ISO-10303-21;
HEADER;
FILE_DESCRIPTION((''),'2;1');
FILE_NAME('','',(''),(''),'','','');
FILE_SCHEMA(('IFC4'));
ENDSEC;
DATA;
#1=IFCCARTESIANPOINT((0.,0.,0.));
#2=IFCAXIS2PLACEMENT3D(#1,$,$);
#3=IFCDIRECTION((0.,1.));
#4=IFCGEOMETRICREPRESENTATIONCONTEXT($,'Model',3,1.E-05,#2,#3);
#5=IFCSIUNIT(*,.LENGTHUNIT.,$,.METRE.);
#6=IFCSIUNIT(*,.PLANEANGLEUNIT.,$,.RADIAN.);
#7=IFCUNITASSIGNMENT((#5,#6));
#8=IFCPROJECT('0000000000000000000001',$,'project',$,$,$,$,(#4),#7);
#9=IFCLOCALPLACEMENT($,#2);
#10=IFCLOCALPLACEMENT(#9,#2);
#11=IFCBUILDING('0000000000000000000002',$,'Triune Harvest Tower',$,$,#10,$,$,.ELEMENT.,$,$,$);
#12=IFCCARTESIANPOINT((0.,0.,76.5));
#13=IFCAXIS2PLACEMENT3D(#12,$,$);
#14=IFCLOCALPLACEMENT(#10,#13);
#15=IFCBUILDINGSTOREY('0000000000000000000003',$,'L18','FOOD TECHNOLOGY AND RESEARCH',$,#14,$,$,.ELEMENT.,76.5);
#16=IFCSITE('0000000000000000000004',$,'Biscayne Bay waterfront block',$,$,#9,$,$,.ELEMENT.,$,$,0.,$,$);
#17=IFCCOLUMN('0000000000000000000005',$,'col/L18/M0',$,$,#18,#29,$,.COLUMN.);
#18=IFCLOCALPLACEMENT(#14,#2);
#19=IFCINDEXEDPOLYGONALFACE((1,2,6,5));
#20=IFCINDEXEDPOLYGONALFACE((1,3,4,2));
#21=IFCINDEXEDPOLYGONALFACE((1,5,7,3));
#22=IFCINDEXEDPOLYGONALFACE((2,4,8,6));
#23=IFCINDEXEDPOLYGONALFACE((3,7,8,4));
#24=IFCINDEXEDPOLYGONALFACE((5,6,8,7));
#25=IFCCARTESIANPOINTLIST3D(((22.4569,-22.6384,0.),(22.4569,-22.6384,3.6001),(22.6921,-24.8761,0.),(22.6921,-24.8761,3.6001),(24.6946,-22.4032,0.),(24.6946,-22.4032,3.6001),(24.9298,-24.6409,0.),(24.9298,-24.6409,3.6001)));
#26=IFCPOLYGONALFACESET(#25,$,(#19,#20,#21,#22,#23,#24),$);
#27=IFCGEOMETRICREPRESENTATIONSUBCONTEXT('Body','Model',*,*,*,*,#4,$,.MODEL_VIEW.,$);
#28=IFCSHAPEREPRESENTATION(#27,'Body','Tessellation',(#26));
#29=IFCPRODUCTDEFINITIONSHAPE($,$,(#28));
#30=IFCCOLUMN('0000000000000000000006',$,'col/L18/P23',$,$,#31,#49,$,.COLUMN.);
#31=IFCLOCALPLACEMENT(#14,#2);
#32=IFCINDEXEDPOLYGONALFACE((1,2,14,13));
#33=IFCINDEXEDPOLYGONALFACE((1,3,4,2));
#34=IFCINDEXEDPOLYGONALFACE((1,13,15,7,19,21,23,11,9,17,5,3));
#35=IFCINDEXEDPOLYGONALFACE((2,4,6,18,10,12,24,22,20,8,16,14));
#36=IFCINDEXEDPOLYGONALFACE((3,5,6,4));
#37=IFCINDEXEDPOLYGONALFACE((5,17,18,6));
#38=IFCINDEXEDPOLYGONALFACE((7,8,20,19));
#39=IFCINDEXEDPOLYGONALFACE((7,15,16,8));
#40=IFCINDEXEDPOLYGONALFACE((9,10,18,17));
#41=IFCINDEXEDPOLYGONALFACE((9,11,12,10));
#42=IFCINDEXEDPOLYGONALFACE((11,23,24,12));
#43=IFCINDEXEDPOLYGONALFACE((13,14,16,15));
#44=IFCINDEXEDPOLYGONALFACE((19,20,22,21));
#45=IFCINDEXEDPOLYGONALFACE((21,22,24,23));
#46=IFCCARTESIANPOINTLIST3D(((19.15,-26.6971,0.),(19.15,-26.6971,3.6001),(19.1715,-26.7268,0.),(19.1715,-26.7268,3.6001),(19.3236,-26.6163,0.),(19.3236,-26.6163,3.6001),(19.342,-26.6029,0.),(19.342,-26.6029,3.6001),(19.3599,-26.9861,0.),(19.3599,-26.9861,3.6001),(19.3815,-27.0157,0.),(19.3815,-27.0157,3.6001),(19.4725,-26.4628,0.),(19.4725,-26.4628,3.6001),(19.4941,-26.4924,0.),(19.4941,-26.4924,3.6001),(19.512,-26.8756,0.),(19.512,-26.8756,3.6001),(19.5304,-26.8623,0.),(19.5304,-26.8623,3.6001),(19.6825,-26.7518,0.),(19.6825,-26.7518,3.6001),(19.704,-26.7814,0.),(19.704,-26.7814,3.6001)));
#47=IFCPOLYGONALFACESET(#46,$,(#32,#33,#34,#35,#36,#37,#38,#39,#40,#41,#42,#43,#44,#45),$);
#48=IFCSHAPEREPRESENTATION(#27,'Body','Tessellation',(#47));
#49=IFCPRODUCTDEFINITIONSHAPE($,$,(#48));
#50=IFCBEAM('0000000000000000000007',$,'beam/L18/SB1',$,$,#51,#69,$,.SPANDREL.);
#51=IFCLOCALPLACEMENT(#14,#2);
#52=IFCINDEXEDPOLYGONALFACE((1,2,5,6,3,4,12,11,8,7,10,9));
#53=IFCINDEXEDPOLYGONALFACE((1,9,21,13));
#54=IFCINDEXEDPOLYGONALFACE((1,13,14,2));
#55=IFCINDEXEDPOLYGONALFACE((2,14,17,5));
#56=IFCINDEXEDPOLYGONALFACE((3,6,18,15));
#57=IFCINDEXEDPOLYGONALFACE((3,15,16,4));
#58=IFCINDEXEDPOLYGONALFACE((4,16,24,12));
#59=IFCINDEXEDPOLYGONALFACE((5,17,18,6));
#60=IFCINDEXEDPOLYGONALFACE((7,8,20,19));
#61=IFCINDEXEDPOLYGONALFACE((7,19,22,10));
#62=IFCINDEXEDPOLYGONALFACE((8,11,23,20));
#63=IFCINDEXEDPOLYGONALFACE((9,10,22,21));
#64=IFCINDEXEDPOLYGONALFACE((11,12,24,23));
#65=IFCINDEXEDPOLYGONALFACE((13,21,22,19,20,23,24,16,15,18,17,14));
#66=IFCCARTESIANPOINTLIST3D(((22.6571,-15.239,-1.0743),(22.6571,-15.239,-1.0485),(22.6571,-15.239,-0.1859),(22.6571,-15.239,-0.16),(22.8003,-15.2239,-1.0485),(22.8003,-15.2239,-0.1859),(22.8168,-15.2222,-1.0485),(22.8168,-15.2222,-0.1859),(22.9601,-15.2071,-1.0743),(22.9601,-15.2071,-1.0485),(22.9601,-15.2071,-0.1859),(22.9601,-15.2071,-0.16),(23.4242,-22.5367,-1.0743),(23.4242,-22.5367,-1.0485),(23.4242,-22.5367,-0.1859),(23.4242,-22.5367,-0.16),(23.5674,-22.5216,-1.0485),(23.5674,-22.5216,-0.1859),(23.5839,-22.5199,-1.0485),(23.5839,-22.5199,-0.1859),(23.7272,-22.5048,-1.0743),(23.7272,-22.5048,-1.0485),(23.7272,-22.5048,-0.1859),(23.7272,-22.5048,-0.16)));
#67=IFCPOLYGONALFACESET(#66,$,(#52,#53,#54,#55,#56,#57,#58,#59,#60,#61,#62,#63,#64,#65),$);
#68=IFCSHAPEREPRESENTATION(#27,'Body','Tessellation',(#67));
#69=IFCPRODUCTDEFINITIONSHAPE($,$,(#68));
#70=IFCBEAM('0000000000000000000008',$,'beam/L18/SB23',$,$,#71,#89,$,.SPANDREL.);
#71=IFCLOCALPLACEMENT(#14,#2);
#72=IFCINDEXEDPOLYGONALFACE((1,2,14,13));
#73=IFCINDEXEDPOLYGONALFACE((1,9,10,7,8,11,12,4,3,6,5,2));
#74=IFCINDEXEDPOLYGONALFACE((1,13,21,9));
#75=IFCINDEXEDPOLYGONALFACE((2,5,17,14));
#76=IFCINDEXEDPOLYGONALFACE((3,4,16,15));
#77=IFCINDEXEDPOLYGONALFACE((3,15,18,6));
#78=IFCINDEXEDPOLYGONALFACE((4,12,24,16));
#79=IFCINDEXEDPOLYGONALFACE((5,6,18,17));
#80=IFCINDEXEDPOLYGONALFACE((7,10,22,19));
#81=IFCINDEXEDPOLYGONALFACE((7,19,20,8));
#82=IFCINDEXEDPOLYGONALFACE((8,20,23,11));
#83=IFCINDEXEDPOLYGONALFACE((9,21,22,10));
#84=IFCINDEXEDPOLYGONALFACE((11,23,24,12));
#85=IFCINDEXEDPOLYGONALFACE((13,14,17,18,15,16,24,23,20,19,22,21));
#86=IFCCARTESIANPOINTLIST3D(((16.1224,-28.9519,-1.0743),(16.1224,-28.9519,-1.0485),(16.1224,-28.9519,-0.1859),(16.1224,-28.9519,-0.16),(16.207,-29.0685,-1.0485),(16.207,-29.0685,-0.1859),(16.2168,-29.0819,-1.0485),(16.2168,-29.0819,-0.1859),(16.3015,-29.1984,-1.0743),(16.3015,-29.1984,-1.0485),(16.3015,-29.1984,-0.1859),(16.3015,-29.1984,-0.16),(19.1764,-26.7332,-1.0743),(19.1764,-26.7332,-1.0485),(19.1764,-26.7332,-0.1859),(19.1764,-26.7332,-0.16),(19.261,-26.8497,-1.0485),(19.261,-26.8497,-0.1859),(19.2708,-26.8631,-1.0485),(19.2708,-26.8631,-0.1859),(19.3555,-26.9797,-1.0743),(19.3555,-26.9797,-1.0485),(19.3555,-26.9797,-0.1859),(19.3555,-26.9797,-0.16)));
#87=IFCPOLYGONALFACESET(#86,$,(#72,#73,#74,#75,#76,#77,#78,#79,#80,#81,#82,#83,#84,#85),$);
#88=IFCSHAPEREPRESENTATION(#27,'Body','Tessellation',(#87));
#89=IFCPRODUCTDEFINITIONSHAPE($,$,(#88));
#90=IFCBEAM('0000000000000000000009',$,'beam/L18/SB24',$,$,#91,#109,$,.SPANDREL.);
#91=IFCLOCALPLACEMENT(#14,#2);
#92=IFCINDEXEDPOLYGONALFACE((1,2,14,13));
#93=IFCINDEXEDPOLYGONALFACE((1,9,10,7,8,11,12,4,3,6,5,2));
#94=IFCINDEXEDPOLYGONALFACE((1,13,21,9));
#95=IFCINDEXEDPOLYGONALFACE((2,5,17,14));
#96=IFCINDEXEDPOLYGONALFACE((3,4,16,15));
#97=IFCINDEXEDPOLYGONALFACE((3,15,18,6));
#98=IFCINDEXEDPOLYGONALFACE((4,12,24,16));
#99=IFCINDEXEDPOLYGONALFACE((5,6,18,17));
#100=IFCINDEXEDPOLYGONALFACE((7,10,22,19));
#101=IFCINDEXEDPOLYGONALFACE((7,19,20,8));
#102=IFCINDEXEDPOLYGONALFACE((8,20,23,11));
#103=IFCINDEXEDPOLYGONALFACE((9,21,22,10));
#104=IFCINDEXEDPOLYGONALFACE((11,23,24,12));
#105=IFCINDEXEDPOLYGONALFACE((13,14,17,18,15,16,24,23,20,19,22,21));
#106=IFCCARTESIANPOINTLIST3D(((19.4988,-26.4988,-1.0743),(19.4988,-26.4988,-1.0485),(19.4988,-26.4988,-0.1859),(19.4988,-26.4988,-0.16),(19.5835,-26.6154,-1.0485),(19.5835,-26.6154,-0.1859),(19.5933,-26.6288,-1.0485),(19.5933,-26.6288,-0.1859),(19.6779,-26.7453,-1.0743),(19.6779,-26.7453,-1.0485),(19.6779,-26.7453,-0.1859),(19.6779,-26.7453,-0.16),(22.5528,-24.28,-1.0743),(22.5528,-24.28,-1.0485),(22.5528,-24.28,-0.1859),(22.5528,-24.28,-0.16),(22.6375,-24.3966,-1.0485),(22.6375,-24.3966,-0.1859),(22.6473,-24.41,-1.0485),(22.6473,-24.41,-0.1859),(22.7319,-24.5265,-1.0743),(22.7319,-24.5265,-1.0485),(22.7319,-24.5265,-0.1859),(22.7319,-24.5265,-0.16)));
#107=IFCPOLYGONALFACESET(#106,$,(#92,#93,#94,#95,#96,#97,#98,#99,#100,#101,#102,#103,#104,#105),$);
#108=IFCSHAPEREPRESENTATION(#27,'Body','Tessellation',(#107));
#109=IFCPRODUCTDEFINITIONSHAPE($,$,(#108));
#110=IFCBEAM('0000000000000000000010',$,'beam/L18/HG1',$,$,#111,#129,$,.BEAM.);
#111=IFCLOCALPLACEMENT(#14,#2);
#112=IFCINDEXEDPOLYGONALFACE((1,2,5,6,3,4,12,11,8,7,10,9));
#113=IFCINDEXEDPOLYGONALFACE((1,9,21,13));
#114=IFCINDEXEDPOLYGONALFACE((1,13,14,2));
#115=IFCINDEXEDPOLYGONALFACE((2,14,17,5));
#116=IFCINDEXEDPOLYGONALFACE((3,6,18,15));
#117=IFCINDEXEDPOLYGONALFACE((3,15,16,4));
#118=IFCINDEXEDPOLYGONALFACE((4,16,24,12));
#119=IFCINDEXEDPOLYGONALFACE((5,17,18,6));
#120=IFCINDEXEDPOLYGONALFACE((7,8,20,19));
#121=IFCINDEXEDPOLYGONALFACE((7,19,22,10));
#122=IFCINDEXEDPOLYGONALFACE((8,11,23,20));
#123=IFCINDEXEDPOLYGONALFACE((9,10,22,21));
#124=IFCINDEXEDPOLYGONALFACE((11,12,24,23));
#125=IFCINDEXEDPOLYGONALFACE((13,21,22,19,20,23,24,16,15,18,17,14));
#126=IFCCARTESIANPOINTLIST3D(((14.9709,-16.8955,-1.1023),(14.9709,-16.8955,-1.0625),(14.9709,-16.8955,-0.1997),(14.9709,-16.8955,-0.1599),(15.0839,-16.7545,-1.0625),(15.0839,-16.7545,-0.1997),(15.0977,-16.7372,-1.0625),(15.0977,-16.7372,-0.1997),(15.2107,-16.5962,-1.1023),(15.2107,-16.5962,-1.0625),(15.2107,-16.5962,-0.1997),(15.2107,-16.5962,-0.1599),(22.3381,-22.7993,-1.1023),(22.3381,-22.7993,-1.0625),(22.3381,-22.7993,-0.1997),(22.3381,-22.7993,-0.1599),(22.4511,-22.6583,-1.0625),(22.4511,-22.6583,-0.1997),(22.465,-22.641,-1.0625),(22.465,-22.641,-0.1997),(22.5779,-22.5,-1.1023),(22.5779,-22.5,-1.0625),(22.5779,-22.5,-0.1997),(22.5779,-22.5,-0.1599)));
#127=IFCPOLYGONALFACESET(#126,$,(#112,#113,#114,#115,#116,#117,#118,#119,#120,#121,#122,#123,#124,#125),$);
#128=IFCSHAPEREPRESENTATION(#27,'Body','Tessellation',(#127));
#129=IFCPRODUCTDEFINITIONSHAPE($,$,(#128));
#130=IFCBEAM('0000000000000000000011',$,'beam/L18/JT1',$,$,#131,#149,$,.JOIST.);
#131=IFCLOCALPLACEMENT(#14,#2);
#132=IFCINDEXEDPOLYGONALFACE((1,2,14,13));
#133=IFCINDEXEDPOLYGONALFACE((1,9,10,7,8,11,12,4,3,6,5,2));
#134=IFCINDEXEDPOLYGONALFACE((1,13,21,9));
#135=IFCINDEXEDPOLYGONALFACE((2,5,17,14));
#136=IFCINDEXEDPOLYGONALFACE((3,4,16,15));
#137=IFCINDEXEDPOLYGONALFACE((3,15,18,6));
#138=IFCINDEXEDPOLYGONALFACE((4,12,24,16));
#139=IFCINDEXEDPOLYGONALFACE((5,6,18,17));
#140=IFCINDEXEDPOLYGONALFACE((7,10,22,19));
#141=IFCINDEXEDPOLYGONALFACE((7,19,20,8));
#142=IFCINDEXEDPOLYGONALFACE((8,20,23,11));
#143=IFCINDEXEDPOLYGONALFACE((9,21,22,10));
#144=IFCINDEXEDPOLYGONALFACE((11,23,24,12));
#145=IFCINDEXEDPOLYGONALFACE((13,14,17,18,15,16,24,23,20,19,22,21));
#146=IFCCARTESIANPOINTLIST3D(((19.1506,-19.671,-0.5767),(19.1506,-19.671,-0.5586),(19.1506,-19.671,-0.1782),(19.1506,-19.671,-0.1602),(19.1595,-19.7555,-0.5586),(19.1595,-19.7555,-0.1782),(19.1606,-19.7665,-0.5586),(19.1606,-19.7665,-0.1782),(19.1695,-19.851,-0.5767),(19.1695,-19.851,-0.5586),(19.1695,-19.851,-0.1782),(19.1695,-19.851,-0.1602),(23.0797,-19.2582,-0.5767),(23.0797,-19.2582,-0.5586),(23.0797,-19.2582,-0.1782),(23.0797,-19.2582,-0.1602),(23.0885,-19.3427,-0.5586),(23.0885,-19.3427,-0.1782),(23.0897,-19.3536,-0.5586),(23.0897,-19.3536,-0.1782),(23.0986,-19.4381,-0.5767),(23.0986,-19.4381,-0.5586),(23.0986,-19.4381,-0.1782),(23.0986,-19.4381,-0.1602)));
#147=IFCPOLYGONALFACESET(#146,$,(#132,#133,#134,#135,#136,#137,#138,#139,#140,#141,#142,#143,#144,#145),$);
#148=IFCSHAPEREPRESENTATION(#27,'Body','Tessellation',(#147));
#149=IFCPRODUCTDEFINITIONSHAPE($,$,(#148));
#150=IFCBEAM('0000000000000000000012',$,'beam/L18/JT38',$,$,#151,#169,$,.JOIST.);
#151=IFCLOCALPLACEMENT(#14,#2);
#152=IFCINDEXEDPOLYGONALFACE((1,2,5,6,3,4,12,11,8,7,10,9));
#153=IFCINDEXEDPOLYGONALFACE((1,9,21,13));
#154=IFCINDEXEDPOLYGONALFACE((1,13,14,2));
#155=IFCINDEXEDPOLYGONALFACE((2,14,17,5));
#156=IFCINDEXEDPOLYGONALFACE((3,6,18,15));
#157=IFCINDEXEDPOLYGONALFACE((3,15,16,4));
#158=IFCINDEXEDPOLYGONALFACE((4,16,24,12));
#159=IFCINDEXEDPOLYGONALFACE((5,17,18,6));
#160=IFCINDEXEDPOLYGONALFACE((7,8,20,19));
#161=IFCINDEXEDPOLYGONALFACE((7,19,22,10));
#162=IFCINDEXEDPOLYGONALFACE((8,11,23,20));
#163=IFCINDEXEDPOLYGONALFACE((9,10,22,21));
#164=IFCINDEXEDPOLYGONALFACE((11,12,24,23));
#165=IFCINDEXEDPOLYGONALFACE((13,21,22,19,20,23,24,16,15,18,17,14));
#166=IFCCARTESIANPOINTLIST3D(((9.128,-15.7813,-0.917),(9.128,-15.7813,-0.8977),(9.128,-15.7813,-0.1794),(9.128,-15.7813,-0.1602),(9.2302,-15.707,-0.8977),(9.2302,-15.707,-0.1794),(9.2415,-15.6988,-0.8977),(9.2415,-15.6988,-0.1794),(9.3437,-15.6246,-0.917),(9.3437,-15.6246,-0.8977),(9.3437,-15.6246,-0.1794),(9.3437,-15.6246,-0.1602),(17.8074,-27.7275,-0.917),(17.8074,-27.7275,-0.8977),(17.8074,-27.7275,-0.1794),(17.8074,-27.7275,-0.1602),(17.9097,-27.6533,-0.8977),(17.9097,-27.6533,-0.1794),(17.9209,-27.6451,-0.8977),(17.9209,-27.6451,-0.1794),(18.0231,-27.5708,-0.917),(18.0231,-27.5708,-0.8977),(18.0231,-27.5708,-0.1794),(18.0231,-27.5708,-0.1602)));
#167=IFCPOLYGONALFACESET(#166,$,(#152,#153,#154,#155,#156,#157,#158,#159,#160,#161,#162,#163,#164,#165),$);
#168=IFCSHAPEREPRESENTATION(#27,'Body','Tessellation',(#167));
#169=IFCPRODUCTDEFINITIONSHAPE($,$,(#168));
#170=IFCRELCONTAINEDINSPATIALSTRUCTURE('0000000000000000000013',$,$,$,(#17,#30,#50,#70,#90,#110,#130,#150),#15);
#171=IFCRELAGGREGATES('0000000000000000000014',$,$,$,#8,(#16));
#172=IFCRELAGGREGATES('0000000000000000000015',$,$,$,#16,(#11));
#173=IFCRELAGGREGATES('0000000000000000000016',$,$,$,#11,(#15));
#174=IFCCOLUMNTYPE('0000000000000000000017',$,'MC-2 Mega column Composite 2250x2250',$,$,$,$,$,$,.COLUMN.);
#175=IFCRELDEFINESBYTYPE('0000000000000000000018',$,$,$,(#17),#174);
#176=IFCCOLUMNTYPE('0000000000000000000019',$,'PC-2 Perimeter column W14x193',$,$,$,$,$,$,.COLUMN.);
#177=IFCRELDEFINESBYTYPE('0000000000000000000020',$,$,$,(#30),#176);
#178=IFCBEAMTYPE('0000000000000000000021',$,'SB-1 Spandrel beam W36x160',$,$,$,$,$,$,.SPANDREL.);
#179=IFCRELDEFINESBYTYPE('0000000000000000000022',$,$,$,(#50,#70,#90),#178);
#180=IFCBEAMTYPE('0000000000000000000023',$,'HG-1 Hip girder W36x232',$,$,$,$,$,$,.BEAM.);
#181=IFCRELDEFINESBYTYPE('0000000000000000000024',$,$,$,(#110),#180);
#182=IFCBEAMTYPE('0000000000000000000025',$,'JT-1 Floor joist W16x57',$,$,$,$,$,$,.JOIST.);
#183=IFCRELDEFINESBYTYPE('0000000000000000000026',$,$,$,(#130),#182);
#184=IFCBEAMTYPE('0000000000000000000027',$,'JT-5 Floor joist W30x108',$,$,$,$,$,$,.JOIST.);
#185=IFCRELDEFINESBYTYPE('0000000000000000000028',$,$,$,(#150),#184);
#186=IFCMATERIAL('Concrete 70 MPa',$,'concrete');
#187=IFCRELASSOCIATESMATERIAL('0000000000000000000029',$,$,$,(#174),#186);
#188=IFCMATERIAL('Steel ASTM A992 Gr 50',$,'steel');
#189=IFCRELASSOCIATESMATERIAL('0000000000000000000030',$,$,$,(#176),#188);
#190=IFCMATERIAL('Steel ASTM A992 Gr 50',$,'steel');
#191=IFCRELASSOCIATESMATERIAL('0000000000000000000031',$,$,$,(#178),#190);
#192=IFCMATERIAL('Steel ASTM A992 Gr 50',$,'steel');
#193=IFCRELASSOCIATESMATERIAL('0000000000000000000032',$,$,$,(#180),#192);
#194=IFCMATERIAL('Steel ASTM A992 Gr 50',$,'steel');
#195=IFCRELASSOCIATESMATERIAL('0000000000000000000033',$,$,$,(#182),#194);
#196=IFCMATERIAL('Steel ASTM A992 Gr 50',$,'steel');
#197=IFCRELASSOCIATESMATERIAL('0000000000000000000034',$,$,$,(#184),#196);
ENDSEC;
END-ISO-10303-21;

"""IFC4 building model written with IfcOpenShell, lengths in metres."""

from ifc_helpers import new_model, si_unit, direction, frame, origin, origin_2d, place, context, subcontext, project, spatial, rectangle, i_section, extrude, source, transform, mapped, material, material_profile, profile_set, type_object, element, save


model = new_model("IFC4")

# Units and contexts
model_context = context("Model", 3, precision=1e-05, world=origin(), true_north=direction((0.0, 1.0)))
body_context = subcontext(model_context, "Body", "Model", "MODEL_VIEW")
ifc_project = project(units=[si_unit("LENGTHUNIT", "METRE"), si_unit("PLANEANGLEUNIT", "RADIAN")], contexts=[model_context])

# Site, building, storey
site_placement = place(None, origin())
site = spatial("IfcSite", under=ifc_project, at=site_placement, Name="Biscayne Bay waterfront block", CompositionType="ELEMENT", RefElevation=0.0)
building_placement = place(site_placement, origin())
building = spatial("IfcBuilding", under=site, at=building_placement, Name="Triune Harvest Tower", CompositionType="ELEMENT")
storey_placement = place(building_placement, frame((0.0, 0.0, 76.5)))
storey = spatial("IfcBuildingStorey", under=building, at=storey_placement, Name="L18", Description="FOOD TECHNOLOGY AND RESEARCH", CompositionType="ELEMENT", Elevation=76.5)

# Columns
ifc_material_1 = material(Name="Concrete 70 MPa", Category="concrete")
ifc_material_profile_1 = material_profile(ifc_material_1, rectangle(XDim=2.25, YDim=2.25, at=origin_2d()), Name="Composite 2250x2250")
ifc_profile_set_1 = profile_set([ifc_material_profile_1], Name="Concrete 70 MPa")
column_type_1 = type_object("IfcColumnType", Name="MC-2 Mega column Composite 2250x2250", PredefinedType="COLUMN", material=ifc_profile_set_1)
shared_shape_1 = source(origin(), body_context, "Body", "SweptSolid", [
    extrude(rectangle(XDim=2.25, YDim=2.25, at=origin_2d()), origin(), (0.0, 0.0, 1.0), 3.6001),
])
column_1_placement = place(storey_placement, frame((23.6934, -23.6396, 0.0), z_axis=(0.0, 0.0, 1.0), x_axis=(-0.104527, 0.994522, 0.0)))
element("IfcColumn", 1, at=column_1_placement, inside=storey, type_object=column_type_1, Name="col/L18/M0", PredefinedType="COLUMN", context=body_context, shape_type="MappedRepresentation", body=[
    mapped(shared_shape_1, transform((0.0, 0.0, 0.0), scale=1.0)),
])
ifc_material_2 = material(Name="Steel ASTM A992 Gr 50", Category="steel")
ifc_material_profile_2 = material_profile(ifc_material_2, i_section(OverallWidth=0.3987, OverallDepth=0.3938, WebThickness=0.0227, FlangeThickness=0.0366, at=origin_2d()), Name="W14x193")
ifc_profile_set_2 = profile_set([ifc_material_profile_2], Name="Steel ASTM A992 Gr 50")
column_type_2 = type_object("IfcColumnType", Name="PC-2 Perimeter column W14x193", PredefinedType="COLUMN", material=ifc_profile_set_2)
shared_shape_2 = source(origin(), body_context, "Body", "SweptSolid", [
    extrude(i_section(OverallWidth=0.3987, OverallDepth=0.3938, WebThickness=0.0227, FlangeThickness=0.0366, at=origin_2d()), origin(), (0.0, 0.0, 1.0), 3.6001),
])
column_2_placement = place(storey_placement, frame((19.427, -26.7393, 0.0), z_axis=(0.0, 0.0, 1.0), x_axis=(0.809015, 0.587788, 0.0)))
element("IfcColumn", 2, at=column_2_placement, inside=storey, type_object=column_type_2, Name="col/L18/P23", PredefinedType="COLUMN", context=body_context, shape_type="MappedRepresentation", body=[
    mapped(shared_shape_2, transform((0.0, 0.0, 0.0), scale=1.0)),
])

# Beams
ifc_material_3 = material(Name="Steel ASTM A992 Gr 50", Category="steel")
ifc_material_profile_3 = material_profile(ifc_material_3, i_section(OverallWidth=0.3047, OverallDepth=0.9143, WebThickness=0.0166, FlangeThickness=0.0259, at=origin_2d()), Name="W36x160")
ifc_profile_set_3 = profile_set([ifc_material_profile_3], Name="Steel ASTM A992 Gr 50")
beam_type_1 = type_object("IfcBeamType", Name="SB-1 Spandrel beam W36x160", PredefinedType="SPANDREL", material=ifc_profile_set_3)
shared_shape_3 = source(origin(), body_context, "Body", "SweptSolid", [
    extrude(i_section(OverallWidth=0.3047, OverallDepth=0.9143, WebThickness=0.0166, FlangeThickness=0.0259, at=origin_2d()), origin(), (0.0, 0.0, 1.0), 7.3379),
])
beam_1_placement = place(storey_placement, frame((23.5757, -22.5208, -0.6172), z_axis=(-0.104539, 0.994521, 0.0), x_axis=(-0.994521, -0.104539, 0.0)))
element("IfcBeam", 3, at=beam_1_placement, inside=storey, type_object=beam_type_1, Name="beam/L18/SB1", PredefinedType="SPANDREL", context=body_context, shape_type="MappedRepresentation", body=[
    mapped(shared_shape_3, transform((0.0, 0.0, 0.0), scale=1.0)),
])
shared_shape_4 = source(origin(), body_context, "Body", "SweptSolid", [
    extrude(i_section(OverallWidth=0.3047, OverallDepth=0.9143, WebThickness=0.0166, FlangeThickness=0.0259, at=origin_2d()), origin(), (0.0, 0.0, 1.0), 3.7749),
])
for number, where, z_axis, x_axis, name in (
    (4, (16.2119, -29.0752, -0.6172), (0.809027, 0.587772, 0.0), (-0.587772, 0.809027, 0.0), "beam/L18/SB23"),
    (5, (19.5884, -26.6221, -0.6172), (0.809027, 0.587772, 0.0), (-0.587772, 0.809027, 0.0), "beam/L18/SB24"),
):
    element("IfcBeam", number, at=place(storey_placement, frame(where, z_axis=z_axis, x_axis=x_axis)), inside=storey, type_object=beam_type_1, Name=name, PredefinedType="SPANDREL", context=body_context, shape_type="MappedRepresentation", body=[
        mapped(shared_shape_4, transform((0.0, 0.0, 0.0), scale=1.0)),
    ])
ifc_material_4 = material(Name="Steel ASTM A992 Gr 50", Category="steel")
ifc_material_profile_4 = material_profile(ifc_material_4, i_section(OverallWidth=0.3835, OverallDepth=0.9424, WebThickness=0.0222, FlangeThickness=0.0398, at=origin_2d()), Name="W36x232")
ifc_profile_set_4 = profile_set([ifc_material_profile_4], Name="Steel ASTM A992 Gr 50")
beam_type_2 = type_object("IfcBeamType", Name="HG-1 Hip girder W36x232", PredefinedType="BEAM", material=ifc_profile_set_4)
shared_shape_5 = source(origin(), body_context, "Body", "SweptSolid", [
    extrude(i_section(OverallWidth=0.3835, OverallDepth=0.9424, WebThickness=0.0222, FlangeThickness=0.0398, at=origin_2d()), origin(), (0.0, 0.0, 1.0), 9.4409),
])
beam_2_placement = place(storey_placement, frame((22.458, -22.6497, -0.6311), z_axis=(-0.780349, 0.625344, 0.0), x_axis=(-0.625344, -0.780349, 0.0)))
element("IfcBeam", 6, at=beam_2_placement, inside=storey, type_object=beam_type_2, Name="beam/L18/HG1", PredefinedType="BEAM", context=body_context, shape_type="MappedRepresentation", body=[
    mapped(shared_shape_5, transform((0.0, 0.0, 0.0), scale=1.0)),
])
ifc_material_5 = material(Name="Steel ASTM A992 Gr 50", Category="steel")
ifc_material_profile_5 = material_profile(ifc_material_5, i_section(OverallWidth=0.1809, OverallDepth=0.4165, WebThickness=0.011, FlangeThickness=0.0181, at=origin_2d()), Name="W16x57")
ifc_profile_set_5 = profile_set([ifc_material_profile_5], Name="Steel ASTM A992 Gr 50")
beam_type_3 = type_object("IfcBeamType", Name="JT-1 Floor joist W16x57", PredefinedType="JOIST", material=ifc_profile_set_5)
shared_shape_6 = source(origin(), body_context, "Body", "SweptSolid", [
    extrude(i_section(OverallWidth=0.1809, OverallDepth=0.4165, WebThickness=0.011, FlangeThickness=0.0181, at=origin_2d()), origin(), (0.0, 0.0, 1.0), 3.9507),
])
beam_3_placement = place(storey_placement, frame((23.0891, -19.3481, -0.3684), z_axis=(-0.994525, -0.104501, 0.0), x_axis=(0.104501, -0.994525, 0.0)))
element("IfcBeam", 7, at=beam_3_placement, inside=storey, type_object=beam_type_3, Name="beam/L18/JT1", PredefinedType="JOIST", context=body_context, shape_type="MappedRepresentation", body=[
    mapped(shared_shape_6, transform((0.0, 0.0, 0.0), scale=1.0)),
])
ifc_material_6 = material(Name="Steel ASTM A992 Gr 50", Category="steel")
ifc_material_profile_6 = material_profile(ifc_material_6, i_section(OverallWidth=0.2666, OverallDepth=0.7568, WebThickness=0.0139, FlangeThickness=0.0193, at=origin_2d()), Name="W30x108")
ifc_profile_set_6 = profile_set([ifc_material_profile_6], Name="Steel ASTM A992 Gr 50")
beam_type_4 = type_object("IfcBeamType", Name="JT-5 Floor joist W30x108", PredefinedType="JOIST", material=ifc_profile_set_6)
shared_shape_7 = source(origin(), body_context, "Body", "SweptSolid", [
    extrude(i_section(OverallWidth=0.2666, OverallDepth=0.7568, WebThickness=0.0139, FlangeThickness=0.0193, at=origin_2d()), origin(), (0.0, 0.0, 1.0), 14.7664),
])
beam_4_placement = place(storey_placement, frame((17.9153, -27.6492, -0.5386), z_axis=(-0.587783, 0.809018, 0.0), x_axis=(-0.809018, -0.587783, 0.0)))
element("IfcBeam", 8, at=beam_4_placement, inside=storey, type_object=beam_type_4, Name="beam/L18/JT38", PredefinedType="JOIST", context=body_context, shape_type="MappedRepresentation", body=[
    mapped(shared_shape_7, transform((0.0, 0.0, 0.0), scale=1.0)),
])

save(model, "model.ifc")
